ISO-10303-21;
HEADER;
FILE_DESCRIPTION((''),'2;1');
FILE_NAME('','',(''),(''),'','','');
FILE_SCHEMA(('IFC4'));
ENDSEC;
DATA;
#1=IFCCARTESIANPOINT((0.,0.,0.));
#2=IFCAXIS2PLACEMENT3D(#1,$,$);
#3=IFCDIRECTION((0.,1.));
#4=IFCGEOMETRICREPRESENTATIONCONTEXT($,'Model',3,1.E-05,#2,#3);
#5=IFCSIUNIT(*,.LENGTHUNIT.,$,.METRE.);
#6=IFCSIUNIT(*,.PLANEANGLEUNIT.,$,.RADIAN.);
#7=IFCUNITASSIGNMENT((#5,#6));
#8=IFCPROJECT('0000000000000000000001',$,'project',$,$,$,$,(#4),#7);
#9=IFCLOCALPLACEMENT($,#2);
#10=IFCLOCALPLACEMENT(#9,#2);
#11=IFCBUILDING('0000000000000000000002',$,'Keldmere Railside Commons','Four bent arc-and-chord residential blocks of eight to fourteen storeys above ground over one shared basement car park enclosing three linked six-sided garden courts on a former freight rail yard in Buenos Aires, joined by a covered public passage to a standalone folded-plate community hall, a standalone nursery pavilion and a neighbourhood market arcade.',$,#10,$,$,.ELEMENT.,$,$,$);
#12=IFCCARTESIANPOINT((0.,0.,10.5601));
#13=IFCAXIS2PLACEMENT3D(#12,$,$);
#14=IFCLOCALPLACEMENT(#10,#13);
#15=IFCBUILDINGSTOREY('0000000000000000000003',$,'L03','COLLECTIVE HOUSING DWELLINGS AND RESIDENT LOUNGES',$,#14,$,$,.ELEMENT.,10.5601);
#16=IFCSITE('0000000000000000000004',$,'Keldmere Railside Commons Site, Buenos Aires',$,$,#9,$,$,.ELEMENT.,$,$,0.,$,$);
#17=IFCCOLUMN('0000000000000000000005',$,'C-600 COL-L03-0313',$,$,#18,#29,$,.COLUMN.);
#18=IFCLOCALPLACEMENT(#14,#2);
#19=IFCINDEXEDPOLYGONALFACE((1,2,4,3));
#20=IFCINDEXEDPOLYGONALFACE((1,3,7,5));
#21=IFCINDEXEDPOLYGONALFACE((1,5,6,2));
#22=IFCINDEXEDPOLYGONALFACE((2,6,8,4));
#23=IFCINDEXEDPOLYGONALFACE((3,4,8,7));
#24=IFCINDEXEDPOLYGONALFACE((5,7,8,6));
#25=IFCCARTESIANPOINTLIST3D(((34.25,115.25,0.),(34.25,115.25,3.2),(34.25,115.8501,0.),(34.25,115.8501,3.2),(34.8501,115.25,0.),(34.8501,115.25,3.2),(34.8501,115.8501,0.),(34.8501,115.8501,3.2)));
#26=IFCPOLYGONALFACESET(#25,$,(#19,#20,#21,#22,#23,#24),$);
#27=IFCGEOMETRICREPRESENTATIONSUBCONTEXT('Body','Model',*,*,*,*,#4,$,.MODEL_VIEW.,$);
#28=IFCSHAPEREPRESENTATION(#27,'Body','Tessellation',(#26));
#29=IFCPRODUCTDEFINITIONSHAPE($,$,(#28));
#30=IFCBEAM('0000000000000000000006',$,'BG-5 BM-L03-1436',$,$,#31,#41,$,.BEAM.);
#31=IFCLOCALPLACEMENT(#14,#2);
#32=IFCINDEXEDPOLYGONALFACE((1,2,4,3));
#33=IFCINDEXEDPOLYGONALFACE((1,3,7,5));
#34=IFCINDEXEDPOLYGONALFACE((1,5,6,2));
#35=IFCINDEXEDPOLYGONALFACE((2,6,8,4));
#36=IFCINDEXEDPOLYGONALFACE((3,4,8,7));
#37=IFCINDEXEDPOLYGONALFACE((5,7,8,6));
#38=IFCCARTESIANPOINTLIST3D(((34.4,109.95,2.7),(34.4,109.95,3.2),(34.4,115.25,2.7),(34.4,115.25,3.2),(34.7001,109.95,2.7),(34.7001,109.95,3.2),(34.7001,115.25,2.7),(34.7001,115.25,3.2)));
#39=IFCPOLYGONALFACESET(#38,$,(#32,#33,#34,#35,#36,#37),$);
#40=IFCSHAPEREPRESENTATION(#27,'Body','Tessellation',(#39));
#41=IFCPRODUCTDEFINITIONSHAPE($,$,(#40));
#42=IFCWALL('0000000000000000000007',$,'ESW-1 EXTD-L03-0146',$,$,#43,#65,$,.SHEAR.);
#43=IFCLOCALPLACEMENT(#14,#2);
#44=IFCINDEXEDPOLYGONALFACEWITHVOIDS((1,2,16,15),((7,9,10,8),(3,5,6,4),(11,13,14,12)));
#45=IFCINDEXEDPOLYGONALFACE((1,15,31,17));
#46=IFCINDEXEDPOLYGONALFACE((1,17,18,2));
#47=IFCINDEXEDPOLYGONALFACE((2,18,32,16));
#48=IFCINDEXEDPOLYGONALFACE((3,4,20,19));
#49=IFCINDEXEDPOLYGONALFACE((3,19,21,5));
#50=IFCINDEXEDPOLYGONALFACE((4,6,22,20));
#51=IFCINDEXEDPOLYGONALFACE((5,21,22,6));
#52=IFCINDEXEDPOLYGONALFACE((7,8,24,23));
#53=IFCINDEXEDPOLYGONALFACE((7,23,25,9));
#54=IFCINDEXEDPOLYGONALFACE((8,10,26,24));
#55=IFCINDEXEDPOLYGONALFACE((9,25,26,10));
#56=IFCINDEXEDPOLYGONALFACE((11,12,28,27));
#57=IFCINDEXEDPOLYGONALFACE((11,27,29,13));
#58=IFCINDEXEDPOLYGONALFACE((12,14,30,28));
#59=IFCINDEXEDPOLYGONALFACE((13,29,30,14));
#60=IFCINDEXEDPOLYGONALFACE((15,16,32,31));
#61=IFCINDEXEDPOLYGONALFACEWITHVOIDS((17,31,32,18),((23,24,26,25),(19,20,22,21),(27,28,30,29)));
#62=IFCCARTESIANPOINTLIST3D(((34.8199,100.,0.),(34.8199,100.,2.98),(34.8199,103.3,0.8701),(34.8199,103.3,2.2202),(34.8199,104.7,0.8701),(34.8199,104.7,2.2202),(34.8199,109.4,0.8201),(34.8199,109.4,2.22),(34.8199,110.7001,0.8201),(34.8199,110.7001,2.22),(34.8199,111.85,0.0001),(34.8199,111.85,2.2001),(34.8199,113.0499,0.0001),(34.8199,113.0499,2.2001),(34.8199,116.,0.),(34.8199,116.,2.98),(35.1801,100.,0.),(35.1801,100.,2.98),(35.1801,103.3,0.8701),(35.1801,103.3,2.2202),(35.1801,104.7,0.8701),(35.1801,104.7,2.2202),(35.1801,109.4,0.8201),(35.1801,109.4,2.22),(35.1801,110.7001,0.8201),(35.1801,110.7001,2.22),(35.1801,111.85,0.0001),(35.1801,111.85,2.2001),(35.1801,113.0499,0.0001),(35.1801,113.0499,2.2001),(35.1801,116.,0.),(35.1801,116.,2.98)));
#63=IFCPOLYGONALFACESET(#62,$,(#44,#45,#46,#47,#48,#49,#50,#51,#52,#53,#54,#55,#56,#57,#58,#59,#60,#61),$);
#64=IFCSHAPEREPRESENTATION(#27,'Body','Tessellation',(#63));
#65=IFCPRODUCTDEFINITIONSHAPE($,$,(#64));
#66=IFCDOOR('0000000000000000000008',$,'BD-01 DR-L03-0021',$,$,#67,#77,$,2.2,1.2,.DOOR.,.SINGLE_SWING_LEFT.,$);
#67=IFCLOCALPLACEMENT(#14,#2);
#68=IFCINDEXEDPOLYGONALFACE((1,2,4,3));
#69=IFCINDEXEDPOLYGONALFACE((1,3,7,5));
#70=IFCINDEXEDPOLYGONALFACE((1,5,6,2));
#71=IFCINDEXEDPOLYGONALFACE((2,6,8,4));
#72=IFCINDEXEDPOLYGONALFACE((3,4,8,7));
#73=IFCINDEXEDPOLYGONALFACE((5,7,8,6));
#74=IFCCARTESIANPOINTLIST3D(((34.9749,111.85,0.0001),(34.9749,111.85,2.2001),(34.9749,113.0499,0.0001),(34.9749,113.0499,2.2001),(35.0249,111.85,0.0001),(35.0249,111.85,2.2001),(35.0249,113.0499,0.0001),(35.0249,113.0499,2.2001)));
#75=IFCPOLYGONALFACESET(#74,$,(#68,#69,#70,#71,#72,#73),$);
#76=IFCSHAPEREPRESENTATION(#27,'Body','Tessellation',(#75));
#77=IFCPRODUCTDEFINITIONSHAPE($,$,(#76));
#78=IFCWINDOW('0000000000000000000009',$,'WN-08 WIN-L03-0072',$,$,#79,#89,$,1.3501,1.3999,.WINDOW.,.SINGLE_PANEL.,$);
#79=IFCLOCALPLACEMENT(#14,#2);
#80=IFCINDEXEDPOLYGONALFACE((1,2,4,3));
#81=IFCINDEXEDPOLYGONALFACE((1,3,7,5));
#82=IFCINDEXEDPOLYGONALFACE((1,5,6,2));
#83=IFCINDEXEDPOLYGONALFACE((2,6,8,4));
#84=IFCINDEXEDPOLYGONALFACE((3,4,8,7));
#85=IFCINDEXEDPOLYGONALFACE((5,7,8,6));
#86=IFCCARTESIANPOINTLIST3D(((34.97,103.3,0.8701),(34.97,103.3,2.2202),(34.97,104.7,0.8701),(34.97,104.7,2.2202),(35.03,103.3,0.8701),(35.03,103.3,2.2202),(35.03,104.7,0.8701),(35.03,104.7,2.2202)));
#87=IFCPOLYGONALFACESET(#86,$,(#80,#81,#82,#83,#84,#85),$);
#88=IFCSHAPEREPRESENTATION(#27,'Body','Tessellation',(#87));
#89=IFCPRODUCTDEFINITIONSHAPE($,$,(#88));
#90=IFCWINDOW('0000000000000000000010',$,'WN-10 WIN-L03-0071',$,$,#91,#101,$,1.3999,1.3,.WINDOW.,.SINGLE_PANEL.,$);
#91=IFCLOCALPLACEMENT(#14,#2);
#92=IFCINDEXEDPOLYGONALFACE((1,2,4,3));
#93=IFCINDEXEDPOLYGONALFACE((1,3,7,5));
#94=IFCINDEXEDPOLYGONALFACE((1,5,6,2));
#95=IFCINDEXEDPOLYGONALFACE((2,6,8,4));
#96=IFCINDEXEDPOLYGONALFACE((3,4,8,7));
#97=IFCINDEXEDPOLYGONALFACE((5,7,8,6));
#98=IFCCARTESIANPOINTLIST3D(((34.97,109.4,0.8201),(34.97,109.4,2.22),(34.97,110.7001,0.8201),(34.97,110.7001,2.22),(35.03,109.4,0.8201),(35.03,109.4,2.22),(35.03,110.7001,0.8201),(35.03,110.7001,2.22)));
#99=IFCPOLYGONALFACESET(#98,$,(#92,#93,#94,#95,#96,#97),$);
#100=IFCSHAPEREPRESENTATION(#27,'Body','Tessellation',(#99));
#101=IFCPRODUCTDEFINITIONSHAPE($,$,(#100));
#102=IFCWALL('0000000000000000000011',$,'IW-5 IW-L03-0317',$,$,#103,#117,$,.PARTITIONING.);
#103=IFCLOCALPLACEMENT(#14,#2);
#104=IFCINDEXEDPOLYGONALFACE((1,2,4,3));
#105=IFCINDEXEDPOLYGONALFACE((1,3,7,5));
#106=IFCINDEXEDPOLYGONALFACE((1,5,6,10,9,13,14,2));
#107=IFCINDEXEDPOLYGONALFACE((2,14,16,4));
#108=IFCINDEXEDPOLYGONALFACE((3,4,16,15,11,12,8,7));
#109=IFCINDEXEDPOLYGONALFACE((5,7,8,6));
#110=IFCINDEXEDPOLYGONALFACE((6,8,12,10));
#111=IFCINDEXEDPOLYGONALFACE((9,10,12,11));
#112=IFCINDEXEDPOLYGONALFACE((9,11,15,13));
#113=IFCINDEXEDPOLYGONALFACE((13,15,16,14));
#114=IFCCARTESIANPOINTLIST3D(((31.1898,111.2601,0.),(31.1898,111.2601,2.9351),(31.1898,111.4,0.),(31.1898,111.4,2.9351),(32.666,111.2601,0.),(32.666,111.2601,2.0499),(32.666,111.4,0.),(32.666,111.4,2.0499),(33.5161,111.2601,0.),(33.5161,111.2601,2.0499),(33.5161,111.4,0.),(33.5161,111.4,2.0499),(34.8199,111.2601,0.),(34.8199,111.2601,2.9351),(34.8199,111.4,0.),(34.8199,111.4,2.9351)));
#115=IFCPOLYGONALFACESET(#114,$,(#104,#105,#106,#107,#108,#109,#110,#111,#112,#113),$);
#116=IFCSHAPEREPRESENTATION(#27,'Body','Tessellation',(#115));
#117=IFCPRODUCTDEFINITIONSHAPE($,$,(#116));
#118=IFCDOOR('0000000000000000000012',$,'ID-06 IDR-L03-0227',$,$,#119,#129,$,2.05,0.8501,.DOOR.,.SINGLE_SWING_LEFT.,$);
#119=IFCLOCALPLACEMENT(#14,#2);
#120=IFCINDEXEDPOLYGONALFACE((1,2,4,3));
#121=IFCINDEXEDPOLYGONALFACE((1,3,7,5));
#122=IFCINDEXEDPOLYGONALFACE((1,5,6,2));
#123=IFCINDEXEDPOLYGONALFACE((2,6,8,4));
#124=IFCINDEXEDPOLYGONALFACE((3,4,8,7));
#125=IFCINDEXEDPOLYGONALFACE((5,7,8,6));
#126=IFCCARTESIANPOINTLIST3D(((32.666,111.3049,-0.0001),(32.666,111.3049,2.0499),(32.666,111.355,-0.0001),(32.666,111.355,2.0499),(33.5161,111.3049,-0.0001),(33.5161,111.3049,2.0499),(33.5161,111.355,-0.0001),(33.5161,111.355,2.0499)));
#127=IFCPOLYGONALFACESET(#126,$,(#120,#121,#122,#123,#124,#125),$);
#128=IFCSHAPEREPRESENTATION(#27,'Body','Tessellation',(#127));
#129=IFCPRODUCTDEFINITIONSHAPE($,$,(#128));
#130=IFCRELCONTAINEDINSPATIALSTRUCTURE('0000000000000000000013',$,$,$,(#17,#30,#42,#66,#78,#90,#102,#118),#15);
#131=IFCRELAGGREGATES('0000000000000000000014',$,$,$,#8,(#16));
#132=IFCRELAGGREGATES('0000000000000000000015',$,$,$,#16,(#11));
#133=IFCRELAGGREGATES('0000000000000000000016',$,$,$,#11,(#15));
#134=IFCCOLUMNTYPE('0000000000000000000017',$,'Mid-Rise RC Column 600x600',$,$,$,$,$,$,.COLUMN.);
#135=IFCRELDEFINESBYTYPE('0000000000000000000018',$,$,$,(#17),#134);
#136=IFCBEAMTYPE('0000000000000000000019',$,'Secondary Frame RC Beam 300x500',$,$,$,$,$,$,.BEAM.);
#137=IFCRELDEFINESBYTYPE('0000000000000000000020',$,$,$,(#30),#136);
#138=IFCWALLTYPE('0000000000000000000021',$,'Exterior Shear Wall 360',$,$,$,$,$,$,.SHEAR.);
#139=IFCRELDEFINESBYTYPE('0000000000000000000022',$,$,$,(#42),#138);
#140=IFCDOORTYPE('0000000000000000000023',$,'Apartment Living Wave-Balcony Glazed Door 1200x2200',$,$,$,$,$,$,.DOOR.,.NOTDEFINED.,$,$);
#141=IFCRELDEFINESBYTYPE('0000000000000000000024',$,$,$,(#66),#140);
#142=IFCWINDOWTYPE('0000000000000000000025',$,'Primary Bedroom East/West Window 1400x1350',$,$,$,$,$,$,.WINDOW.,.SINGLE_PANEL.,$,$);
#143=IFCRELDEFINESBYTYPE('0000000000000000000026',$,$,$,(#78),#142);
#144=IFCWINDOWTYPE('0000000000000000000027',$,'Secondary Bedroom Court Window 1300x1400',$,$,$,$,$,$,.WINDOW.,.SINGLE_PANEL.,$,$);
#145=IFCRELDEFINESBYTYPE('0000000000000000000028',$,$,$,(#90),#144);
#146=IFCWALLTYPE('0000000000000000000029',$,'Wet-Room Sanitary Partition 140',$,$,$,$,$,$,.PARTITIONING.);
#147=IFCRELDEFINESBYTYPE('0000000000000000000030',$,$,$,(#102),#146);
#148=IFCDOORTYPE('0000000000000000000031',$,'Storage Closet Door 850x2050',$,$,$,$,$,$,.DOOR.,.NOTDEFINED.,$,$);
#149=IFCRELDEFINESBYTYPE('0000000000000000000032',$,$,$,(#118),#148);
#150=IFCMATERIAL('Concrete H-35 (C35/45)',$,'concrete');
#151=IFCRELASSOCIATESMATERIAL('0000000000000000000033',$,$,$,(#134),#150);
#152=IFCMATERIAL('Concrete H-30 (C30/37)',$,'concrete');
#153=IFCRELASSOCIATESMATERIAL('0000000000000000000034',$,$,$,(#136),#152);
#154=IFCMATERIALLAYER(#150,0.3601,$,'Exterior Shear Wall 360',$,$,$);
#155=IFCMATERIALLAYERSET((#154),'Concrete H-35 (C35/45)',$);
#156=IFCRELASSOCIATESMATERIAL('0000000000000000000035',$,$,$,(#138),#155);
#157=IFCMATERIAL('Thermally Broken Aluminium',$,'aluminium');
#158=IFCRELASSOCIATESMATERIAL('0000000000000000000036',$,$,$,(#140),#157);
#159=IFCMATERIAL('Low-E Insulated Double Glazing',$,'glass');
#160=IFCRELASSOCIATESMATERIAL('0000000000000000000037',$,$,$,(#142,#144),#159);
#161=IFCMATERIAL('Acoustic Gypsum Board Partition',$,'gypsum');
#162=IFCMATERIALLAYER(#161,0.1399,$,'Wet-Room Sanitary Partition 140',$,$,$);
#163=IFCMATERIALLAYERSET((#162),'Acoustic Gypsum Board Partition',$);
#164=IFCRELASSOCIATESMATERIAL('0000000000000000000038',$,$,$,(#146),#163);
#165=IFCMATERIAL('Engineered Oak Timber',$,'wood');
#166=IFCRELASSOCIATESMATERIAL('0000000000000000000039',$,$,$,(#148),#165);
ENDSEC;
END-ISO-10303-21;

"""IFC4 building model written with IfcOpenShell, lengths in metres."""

from ifc_helpers import new_model, si_unit, direction, frame, frame_2d, origin, origin_2d, place, context, subcontext, project, spatial, rectangle, extrude, material, layer, layer_set, material_profile, profile_set, type_object, element, fill, save


model = new_model("IFC4")

# Units and contexts
model_context = context("Model", 3, precision=1e-05, world=origin(), true_north=direction((0.0, 1.0)))
body_context = subcontext(model_context, "Body", "Model", "MODEL_VIEW")
ifc_project = project(units=[si_unit("LENGTHUNIT", "METRE"), si_unit("PLANEANGLEUNIT", "RADIAN")], contexts=[model_context])

# Site, building, storey
site_placement = place(None, origin())
site = spatial("IfcSite", under=ifc_project, at=site_placement, Name="Keldmere Railside Commons Site, Buenos Aires", CompositionType="ELEMENT", RefElevation=0.0)
building_placement = place(site_placement, origin())
building = spatial("IfcBuilding", under=site, at=building_placement, Name="Keldmere Railside Commons", Description="Four bent arc-and-chord residential blocks of eight to fourteen storeys above ground over one shared basement car park enclosing three linked six-sided garden courts on a former freight rail yard in Buenos Aires, joined by a covered public passage to a standalone folded-plate community hall, a standalone nursery pavilion and a neighbourhood market arcade.", CompositionType="ELEMENT")
storey_placement = place(building_placement, frame((0.0, 0.0, 10.5601)))
storey = spatial("IfcBuildingStorey", under=building, at=storey_placement, Name="L03", Description="COLLECTIVE HOUSING DWELLINGS AND RESIDENT LOUNGES", CompositionType="ELEMENT", Elevation=10.5601)

# Column
ifc_material_1 = material(Name="Concrete H-35 (C35/45)", Category="concrete")
ifc_material_profile_1 = material_profile(ifc_material_1, rectangle(XDim=0.6001, YDim=0.6001, at=origin_2d()), Name="RC-600x600")
ifc_profile_set_1 = profile_set([ifc_material_profile_1], Name="Concrete H-35 (C35/45)")
column_type = type_object("IfcColumnType", Name="Mid-Rise RC Column 600x600", PredefinedType="COLUMN", material=ifc_profile_set_1)
column_placement = place(storey_placement, frame((34.55, 115.55, 0.0), z_axis=(0.0, 0.0, 1.0), x_axis=(1.0, 0.0, 0.0)))
element("IfcColumn", 1, at=column_placement, inside=storey, type_object=column_type, Name="C-600 COL-L03-0313", PredefinedType="COLUMN", context=body_context, shape_type="SweptSolid", body=[
    extrude(rectangle(XDim=0.6001, YDim=0.6001, at=origin_2d()), origin(), (0.0, 0.0, 1.0), 3.2),
])

# Beam
ifc_material_2 = material(Name="Concrete H-30 (C30/37)", Category="concrete")
ifc_material_profile_2 = material_profile(ifc_material_2, rectangle(XDim=0.3, YDim=0.5, at=origin_2d()), Name="RC-300x500")
ifc_profile_set_2 = profile_set([ifc_material_profile_2], Name="Concrete H-30 (C30/37)")
beam_type = type_object("IfcBeamType", Name="Secondary Frame RC Beam 300x500", PredefinedType="BEAM", material=ifc_profile_set_2)
beam_placement = place(storey_placement, frame((34.55, 109.95, 2.95), z_axis=(0.0, 1.0, 0.0), x_axis=(-1.0, 0.0, 0.0)))
element("IfcBeam", 2, at=beam_placement, inside=storey, type_object=beam_type, Name="BG-5 BM-L03-1436", PredefinedType="BEAM", context=body_context, shape_type="SweptSolid", body=[
    extrude(rectangle(XDim=0.3, YDim=0.5, at=origin_2d()), origin(), (0.0, 0.0, 1.0), 5.3),
])

# Wall, openings, door, windows
ifc_layer_1 = layer(ifc_material_1, 0.3601, Name="Exterior Shear Wall 360")
ifc_layer_set_1 = layer_set([ifc_layer_1], Name="Concrete H-35 (C35/45)")
wall_type_1 = type_object("IfcWallType", Name="Exterior Shear Wall 360", PredefinedType="SHEAR", material=ifc_layer_set_1)
wall_1_placement = place(storey_placement, frame((35.0, 116.0, 0.0), z_axis=(0.0, 0.0, 1.0), x_axis=(0.0, -1.0, 0.0)))
wall_1 = element("IfcWall", 3, at=wall_1_placement, inside=storey, type_object=wall_type_1, Name="ESW-1 EXTD-L03-0146", PredefinedType="SHEAR", context=body_context, shape_type="SweptSolid", body=[
    extrude(rectangle(XDim=16.0, YDim=0.3601, at=frame_2d((8.0, 0.0))), origin(), (0.0, 0.0, 1.0), 2.98),
])
opening_1_placement = place(wall_1_placement, frame((2.95, 0.0, 0.0)))
opening_1 = element("IfcOpeningElement", 4, at=opening_1_placement, cuts=wall_1, PredefinedType="OPENING", context=body_context, shape_type="SweptSolid", body=[
    extrude(rectangle(XDim=1.2, YDim=2.2, at=frame_2d((0.6001, 1.1001))), frame((0.0, 0.1899, 0.0), z_axis=(0.0, -1.0, 0.0), x_axis=(1.0, 0.0, 0.0)), (0.0, 0.0, 1.0), 0.3801),
])
opening_2_placement = place(wall_1_placement, frame((5.3, 0.0, 0.8201)))
opening_2 = element("IfcOpeningElement", 5, at=opening_2_placement, cuts=wall_1, PredefinedType="OPENING", context=body_context, shape_type="SweptSolid", body=[
    extrude(rectangle(XDim=1.3, YDim=1.3999, at=frame_2d((0.6499, 0.7))), frame((0.0, 0.1899, 0.0), z_axis=(0.0, -1.0, 0.0), x_axis=(1.0, 0.0, 0.0)), (0.0, 0.0, 1.0), 0.3801),
])
opening_3_placement = place(wall_1_placement, frame((11.3, 0.0, 0.8701)))
opening_3 = element("IfcOpeningElement", 6, at=opening_3_placement, cuts=wall_1, PredefinedType="OPENING", context=body_context, shape_type="SweptSolid", body=[
    extrude(rectangle(XDim=1.3999, YDim=1.3501, at=frame_2d((0.7, 0.675))), frame((0.0, 0.1899, 0.0), z_axis=(0.0, -1.0, 0.0), x_axis=(1.0, 0.0, 0.0)), (0.0, 0.0, 1.0), 0.3801),
])
ifc_material_3 = material(Name="Thermally Broken Aluminium", Category="aluminium")
door_type_1 = type_object("IfcDoorType", Name="Apartment Living Wave-Balcony Glazed Door 1200x2200", OperationType="NOTDEFINED", PredefinedType="DOOR", material=ifc_material_3)
door_1_placement = place(opening_1_placement, origin())
door_1 = element("IfcDoor", 7, at=door_1_placement, inside=storey, type_object=door_type_1, Name="BD-01 DR-L03-0021", OperationType="SINGLE_SWING_LEFT", OverallHeight=2.2, OverallWidth=1.2, PredefinedType="DOOR", context=body_context, shape_type="SweptSolid", body=[
    extrude(rectangle(XDim=1.2, YDim=2.2, at=frame_2d((0.6001, 1.1001))), frame((0.0, 0.0249, 0.0), z_axis=(0.0, -1.0, 0.0), x_axis=(1.0, 0.0, 0.0)), (0.0, 0.0, 1.0), 0.05),
])
fill(opening_1, door_1)
ifc_material_4 = material(Name="Low-E Insulated Double Glazing", Category="glass")
window_type_1 = type_object("IfcWindowType", Name="Primary Bedroom East/West Window 1400x1350", PartitioningType="SINGLE_PANEL", PredefinedType="WINDOW", material=ifc_material_4)
window_1_placement = place(opening_3_placement, origin())
window_1 = element("IfcWindow", 8, at=window_1_placement, inside=storey, type_object=window_type_1, Name="WN-08 WIN-L03-0072", OverallHeight=1.3501, OverallWidth=1.3999, PartitioningType="SINGLE_PANEL", PredefinedType="WINDOW", context=body_context, shape_type="SweptSolid", body=[
    extrude(rectangle(XDim=1.3999, YDim=1.3501, at=frame_2d((0.7, 0.675))), frame((0.0, 0.03, 0.0), z_axis=(0.0, -1.0, 0.0), x_axis=(1.0, 0.0, 0.0)), (0.0, 0.0, 1.0), 0.0601),
])
fill(opening_3, window_1)
window_type_2 = type_object("IfcWindowType", Name="Secondary Bedroom Court Window 1300x1400", PartitioningType="SINGLE_PANEL", PredefinedType="WINDOW", material=ifc_material_4)
window_2_placement = place(opening_2_placement, origin())
window_2 = element("IfcWindow", 9, at=window_2_placement, inside=storey, type_object=window_type_2, Name="WN-10 WIN-L03-0071", OverallHeight=1.3999, OverallWidth=1.3, PartitioningType="SINGLE_PANEL", PredefinedType="WINDOW", context=body_context, shape_type="SweptSolid", body=[
    extrude(rectangle(XDim=1.3, YDim=1.3999, at=frame_2d((0.6499, 0.7))), frame((0.0, 0.03, 0.0), z_axis=(0.0, -1.0, 0.0), x_axis=(1.0, 0.0, 0.0)), (0.0, 0.0, 1.0), 0.0601),
])
fill(opening_2, window_2)

# Wall, opening, door
ifc_material_5 = material(Name="Acoustic Gypsum Board Partition", Category="gypsum")
ifc_layer_2 = layer(ifc_material_5, 0.1399, Name="Wet-Room Sanitary Partition 140")
ifc_layer_set_2 = layer_set([ifc_layer_2], Name="Acoustic Gypsum Board Partition")
wall_type_2 = type_object("IfcWallType", Name="Wet-Room Sanitary Partition 140", PredefinedType="PARTITIONING", material=ifc_layer_set_2)
wall_2_placement = place(storey_placement, frame((31.1899, 111.3301, 0.0), z_axis=(0.0, 0.0, 1.0), x_axis=(1.0, 0.0, 0.0)))
wall_2 = element("IfcWall", 10, at=wall_2_placement, inside=storey, type_object=wall_type_2, Name="IW-5 IW-L03-0317", PredefinedType="PARTITIONING", context=body_context, shape_type="SweptSolid", body=[
    extrude(rectangle(XDim=3.6301, YDim=0.1399, at=frame_2d((1.8149, 0.0))), origin(), (0.0, 0.0, 1.0), 2.9351),
])
opening_4_placement = place(wall_2_placement, frame((1.4761, 0.0, 0.0)))
opening_4 = element("IfcOpeningElement", 11, at=opening_4_placement, cuts=wall_2, PredefinedType="OPENING", context=body_context, shape_type="SweptSolid", body=[
    extrude(rectangle(XDim=0.8501, YDim=2.05, at=frame_2d((0.425, 1.0249))), frame((0.0, 0.0798, 0.0), z_axis=(0.0, -1.0, 0.0), x_axis=(1.0, 0.0, 0.0)), (0.0, 0.0, 1.0), 0.1599),
])
ifc_material_6 = material(Name="Engineered Oak Timber", Category="wood")
door_type_2 = type_object("IfcDoorType", Name="Storage Closet Door 850x2050", OperationType="NOTDEFINED", PredefinedType="DOOR", material=ifc_material_6)
door_2_placement = place(opening_4_placement, origin())
door_2 = element("IfcDoor", 12, at=door_2_placement, inside=storey, type_object=door_type_2, Name="ID-06 IDR-L03-0227", OperationType="SINGLE_SWING_LEFT", OverallHeight=2.05, OverallWidth=0.8501, PredefinedType="DOOR", context=body_context, shape_type="SweptSolid", body=[
    extrude(rectangle(XDim=0.8501, YDim=2.05, at=frame_2d((0.425, 1.0249))), frame((0.0, 0.0249, 0.0), z_axis=(0.0, -1.0, 0.0), x_axis=(1.0, 0.0, 0.0)), (0.0, 0.0, 1.0), 0.05),
])
fill(opening_4, door_2)

save(model, "model.ifc")
